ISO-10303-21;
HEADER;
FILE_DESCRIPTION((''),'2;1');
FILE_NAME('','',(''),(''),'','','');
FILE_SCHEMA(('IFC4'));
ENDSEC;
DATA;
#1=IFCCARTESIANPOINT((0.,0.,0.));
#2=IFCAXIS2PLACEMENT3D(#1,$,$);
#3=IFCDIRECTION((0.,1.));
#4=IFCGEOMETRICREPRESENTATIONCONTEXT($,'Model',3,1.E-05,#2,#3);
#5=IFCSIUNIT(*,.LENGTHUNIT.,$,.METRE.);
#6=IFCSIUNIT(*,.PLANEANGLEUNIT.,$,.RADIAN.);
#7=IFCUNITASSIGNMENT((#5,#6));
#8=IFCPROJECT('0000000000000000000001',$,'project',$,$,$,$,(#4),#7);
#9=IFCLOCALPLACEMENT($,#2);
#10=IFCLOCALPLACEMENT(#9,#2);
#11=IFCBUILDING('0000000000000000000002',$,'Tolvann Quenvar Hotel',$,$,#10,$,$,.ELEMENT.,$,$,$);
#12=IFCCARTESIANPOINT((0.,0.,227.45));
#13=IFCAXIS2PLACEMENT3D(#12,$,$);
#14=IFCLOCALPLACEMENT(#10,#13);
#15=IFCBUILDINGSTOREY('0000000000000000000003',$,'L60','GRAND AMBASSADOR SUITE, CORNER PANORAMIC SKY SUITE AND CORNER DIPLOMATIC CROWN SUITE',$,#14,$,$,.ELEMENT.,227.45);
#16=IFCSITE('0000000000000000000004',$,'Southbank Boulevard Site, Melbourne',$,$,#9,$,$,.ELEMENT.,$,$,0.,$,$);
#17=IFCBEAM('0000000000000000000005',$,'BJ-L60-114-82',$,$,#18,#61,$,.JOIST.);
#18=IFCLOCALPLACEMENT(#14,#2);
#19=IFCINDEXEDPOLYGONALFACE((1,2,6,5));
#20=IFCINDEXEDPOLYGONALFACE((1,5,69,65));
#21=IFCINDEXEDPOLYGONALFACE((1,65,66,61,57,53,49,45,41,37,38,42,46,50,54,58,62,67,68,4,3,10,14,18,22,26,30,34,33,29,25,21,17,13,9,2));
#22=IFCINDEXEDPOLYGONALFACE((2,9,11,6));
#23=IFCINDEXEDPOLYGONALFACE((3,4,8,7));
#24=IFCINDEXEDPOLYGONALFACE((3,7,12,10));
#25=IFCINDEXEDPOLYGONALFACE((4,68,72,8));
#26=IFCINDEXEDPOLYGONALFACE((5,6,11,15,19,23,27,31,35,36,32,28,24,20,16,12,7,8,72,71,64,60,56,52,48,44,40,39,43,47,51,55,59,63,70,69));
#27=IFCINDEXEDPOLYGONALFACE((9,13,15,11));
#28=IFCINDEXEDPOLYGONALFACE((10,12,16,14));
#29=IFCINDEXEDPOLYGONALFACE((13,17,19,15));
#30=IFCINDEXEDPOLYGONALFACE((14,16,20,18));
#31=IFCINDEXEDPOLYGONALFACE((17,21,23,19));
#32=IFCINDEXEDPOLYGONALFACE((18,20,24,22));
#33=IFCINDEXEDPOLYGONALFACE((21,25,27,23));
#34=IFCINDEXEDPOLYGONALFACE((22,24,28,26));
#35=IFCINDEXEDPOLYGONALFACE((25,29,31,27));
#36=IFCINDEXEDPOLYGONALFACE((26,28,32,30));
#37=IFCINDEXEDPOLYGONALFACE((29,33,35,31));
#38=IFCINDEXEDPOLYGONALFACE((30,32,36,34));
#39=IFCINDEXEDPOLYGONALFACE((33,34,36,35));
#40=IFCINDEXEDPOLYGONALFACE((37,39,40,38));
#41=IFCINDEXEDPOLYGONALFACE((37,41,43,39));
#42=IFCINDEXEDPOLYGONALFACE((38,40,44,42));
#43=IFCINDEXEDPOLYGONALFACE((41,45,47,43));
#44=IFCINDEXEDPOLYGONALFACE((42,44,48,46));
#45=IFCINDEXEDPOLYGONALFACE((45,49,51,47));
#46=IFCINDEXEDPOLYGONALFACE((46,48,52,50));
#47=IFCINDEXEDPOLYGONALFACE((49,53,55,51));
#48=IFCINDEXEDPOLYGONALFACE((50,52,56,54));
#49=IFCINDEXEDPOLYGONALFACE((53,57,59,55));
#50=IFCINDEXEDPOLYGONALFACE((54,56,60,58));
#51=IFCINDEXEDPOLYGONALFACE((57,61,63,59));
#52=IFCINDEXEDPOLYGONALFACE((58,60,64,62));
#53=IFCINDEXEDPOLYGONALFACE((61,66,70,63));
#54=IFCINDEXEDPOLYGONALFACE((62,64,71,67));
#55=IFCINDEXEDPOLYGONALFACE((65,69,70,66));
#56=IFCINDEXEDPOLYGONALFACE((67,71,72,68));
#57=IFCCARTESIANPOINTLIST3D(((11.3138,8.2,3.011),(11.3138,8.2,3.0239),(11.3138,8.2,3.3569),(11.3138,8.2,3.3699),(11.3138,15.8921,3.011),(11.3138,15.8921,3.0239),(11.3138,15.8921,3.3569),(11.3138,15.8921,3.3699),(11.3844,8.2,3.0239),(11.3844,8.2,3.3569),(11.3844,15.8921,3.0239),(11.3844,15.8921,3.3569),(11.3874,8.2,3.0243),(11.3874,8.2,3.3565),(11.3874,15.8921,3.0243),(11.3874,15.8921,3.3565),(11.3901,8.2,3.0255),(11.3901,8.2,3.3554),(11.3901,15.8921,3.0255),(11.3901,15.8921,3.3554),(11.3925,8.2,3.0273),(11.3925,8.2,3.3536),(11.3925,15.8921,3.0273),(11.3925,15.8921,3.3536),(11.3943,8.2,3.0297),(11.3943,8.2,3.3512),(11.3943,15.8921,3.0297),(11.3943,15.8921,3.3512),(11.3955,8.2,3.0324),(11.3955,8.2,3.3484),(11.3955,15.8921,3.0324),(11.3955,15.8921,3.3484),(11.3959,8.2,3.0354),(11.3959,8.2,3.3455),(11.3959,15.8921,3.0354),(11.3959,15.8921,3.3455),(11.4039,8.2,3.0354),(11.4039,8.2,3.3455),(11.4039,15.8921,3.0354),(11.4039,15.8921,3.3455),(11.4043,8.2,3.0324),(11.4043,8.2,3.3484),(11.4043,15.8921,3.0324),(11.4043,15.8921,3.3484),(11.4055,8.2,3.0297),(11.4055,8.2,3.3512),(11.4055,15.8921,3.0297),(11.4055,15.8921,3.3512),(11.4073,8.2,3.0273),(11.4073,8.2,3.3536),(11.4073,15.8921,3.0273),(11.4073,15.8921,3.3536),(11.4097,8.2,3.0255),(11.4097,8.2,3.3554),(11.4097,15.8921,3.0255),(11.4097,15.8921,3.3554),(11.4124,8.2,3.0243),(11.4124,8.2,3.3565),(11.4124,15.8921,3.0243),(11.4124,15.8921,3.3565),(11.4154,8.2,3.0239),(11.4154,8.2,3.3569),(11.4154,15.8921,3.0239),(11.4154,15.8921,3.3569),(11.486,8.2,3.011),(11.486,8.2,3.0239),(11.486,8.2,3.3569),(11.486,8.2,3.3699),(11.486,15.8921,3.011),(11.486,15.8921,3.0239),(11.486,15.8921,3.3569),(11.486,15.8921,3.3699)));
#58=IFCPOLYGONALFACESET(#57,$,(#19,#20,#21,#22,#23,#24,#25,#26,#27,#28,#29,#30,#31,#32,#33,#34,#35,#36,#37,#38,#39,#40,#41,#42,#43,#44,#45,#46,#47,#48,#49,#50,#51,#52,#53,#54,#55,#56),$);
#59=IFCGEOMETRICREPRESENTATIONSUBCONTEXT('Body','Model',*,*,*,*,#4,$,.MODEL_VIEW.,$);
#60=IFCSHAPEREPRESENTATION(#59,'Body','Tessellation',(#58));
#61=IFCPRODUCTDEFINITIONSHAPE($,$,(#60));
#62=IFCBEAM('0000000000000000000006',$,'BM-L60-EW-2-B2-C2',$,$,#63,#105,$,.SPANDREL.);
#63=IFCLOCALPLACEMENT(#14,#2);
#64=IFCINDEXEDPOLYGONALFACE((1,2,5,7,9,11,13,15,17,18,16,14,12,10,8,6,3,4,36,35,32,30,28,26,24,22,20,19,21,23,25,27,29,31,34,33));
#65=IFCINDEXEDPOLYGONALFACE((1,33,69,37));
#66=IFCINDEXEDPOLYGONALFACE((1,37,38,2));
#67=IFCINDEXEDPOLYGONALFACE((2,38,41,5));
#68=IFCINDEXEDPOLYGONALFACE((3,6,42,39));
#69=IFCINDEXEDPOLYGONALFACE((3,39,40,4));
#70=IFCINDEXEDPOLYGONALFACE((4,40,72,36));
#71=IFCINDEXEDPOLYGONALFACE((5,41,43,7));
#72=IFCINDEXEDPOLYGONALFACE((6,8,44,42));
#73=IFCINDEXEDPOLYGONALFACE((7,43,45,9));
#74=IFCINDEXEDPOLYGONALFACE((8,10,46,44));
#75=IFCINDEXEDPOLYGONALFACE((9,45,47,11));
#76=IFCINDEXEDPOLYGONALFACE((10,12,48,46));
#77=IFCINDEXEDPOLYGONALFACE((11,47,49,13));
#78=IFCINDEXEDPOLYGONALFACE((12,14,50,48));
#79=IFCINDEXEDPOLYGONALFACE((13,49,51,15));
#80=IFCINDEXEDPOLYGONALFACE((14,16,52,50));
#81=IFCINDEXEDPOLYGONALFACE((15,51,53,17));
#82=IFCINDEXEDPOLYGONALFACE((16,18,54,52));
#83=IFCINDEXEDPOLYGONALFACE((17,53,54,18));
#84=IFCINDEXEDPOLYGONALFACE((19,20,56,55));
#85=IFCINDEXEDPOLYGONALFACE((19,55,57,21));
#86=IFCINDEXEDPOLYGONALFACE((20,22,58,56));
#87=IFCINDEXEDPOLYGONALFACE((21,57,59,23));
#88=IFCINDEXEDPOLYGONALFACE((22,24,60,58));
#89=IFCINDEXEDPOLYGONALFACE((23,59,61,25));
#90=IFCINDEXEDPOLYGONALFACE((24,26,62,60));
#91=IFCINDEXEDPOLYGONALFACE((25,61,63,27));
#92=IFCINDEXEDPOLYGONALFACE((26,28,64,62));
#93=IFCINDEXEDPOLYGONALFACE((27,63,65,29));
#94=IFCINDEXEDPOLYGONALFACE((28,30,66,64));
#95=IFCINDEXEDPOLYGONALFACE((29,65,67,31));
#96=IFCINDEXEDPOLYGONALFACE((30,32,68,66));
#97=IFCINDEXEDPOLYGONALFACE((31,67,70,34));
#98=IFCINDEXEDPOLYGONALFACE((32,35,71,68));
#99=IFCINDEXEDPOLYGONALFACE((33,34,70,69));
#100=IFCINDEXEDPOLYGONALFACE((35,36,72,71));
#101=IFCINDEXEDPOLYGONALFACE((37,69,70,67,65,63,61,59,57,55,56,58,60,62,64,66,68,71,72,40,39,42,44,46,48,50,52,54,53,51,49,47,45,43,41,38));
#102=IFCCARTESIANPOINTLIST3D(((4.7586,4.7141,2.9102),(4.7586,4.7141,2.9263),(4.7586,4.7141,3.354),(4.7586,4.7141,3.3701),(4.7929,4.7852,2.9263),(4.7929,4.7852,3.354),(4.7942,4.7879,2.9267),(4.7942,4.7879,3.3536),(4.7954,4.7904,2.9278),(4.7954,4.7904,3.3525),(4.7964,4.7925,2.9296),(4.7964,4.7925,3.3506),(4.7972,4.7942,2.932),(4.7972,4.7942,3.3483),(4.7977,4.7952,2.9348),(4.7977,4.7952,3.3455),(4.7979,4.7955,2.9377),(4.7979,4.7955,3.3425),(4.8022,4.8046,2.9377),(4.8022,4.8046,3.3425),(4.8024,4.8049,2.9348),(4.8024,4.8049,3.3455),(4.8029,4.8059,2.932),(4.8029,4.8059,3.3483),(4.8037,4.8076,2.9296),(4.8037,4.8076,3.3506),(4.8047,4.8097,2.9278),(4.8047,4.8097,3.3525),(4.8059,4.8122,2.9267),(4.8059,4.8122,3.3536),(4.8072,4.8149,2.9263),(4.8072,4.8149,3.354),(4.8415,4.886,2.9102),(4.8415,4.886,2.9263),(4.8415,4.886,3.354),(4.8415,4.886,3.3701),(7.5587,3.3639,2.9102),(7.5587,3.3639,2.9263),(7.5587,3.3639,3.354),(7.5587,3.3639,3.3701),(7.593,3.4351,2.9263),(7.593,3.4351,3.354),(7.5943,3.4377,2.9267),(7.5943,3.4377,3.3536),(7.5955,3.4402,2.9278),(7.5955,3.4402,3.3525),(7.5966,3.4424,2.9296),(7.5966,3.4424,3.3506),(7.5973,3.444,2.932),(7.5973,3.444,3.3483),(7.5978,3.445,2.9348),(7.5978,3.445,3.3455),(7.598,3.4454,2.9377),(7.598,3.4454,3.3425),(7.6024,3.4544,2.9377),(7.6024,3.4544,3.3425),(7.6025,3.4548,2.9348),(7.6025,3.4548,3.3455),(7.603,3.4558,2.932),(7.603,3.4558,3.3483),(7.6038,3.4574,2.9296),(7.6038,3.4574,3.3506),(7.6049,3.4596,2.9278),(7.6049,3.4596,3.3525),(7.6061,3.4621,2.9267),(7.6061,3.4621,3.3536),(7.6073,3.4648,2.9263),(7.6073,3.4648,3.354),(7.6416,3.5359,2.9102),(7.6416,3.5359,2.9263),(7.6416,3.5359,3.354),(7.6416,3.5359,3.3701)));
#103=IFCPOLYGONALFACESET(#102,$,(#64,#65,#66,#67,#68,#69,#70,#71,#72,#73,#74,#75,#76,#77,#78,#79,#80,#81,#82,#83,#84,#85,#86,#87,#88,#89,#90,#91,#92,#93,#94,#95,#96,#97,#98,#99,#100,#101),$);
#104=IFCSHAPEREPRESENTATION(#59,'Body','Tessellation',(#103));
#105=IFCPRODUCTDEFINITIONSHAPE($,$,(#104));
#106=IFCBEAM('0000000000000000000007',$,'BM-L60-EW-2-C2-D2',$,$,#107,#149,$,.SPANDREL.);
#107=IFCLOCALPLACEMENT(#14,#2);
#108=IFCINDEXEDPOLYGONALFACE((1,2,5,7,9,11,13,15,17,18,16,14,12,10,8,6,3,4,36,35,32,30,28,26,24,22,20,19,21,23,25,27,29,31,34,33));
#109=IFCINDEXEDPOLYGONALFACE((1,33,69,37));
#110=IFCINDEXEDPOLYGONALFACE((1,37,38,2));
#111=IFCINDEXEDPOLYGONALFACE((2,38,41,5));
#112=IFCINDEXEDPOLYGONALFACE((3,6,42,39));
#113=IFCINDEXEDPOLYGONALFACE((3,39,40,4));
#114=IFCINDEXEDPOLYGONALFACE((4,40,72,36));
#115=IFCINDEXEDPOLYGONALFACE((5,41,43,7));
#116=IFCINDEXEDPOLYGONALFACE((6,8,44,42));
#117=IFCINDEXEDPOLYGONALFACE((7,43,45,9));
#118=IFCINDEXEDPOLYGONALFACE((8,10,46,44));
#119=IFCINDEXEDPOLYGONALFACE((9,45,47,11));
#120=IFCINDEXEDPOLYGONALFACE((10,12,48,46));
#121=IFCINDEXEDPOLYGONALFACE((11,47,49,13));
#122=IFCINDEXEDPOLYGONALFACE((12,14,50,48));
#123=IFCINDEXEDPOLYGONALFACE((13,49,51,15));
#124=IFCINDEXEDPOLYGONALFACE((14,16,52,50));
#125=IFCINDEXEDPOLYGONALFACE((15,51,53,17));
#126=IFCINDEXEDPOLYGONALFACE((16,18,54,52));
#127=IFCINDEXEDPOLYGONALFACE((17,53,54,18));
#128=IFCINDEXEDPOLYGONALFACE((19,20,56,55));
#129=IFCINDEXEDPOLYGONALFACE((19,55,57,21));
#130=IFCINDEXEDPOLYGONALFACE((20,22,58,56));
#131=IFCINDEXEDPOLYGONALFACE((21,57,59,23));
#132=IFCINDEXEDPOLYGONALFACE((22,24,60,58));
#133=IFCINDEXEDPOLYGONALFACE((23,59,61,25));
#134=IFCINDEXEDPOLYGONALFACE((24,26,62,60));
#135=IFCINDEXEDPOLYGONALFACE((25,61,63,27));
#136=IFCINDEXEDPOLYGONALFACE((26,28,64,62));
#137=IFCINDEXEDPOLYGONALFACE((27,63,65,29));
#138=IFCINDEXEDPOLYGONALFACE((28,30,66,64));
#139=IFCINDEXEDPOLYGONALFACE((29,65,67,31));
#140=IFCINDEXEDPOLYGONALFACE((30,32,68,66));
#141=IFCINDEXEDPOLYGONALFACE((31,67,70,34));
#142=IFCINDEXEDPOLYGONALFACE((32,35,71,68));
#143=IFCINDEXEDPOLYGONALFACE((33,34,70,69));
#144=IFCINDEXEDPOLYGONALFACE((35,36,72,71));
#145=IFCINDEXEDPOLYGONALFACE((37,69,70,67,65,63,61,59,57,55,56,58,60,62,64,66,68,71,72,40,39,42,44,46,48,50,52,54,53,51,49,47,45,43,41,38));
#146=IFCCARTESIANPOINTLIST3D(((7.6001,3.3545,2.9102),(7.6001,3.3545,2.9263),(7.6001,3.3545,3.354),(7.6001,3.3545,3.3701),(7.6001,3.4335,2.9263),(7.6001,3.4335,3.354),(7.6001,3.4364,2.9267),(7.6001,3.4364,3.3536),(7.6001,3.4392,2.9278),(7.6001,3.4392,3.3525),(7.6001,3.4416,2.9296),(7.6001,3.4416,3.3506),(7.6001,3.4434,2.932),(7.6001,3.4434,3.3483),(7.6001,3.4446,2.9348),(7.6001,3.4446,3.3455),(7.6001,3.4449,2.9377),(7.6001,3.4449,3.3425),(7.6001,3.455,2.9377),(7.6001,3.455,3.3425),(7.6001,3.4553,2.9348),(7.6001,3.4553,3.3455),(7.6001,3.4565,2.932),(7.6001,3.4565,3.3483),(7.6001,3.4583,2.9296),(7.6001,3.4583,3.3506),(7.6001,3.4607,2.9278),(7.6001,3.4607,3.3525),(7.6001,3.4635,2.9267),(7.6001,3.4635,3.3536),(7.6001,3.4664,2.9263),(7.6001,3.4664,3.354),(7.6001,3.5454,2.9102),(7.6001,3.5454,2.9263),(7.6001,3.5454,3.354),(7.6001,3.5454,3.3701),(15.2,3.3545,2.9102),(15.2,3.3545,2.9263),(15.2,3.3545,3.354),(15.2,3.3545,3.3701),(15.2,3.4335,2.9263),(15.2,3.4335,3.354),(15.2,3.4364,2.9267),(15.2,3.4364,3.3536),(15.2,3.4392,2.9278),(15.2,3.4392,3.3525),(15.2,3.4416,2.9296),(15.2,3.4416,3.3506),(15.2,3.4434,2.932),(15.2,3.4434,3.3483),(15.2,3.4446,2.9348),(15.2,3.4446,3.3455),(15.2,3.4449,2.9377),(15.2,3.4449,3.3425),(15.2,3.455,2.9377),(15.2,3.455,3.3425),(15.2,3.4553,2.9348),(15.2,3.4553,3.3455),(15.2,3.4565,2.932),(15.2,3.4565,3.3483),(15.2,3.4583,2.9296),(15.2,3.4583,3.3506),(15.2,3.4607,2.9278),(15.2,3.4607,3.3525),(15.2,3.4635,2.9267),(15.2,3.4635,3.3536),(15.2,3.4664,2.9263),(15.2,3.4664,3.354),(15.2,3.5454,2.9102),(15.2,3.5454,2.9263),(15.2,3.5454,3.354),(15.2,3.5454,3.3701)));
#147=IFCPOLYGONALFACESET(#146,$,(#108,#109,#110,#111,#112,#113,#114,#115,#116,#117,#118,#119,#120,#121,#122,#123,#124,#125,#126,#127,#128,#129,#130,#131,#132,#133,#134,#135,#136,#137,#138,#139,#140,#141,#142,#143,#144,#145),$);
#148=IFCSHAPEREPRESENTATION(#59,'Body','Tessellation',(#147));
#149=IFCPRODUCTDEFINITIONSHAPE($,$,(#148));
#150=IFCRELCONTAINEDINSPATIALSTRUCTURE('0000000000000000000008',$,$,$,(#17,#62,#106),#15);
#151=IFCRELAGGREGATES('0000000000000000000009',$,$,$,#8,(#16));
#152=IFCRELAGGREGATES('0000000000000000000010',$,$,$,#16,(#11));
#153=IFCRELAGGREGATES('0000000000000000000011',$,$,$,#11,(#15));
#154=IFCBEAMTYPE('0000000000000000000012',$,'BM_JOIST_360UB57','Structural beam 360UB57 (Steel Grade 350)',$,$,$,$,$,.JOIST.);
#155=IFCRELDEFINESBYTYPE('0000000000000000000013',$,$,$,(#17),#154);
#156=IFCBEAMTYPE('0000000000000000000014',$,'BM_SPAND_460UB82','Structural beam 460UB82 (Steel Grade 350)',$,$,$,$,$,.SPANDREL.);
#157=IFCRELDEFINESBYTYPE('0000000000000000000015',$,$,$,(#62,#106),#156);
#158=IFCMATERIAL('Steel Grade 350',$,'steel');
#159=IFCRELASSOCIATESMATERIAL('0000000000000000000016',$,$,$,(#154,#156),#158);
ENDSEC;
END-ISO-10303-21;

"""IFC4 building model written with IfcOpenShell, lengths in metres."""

from ifc_helpers import new_model, si_unit, direction, frame, origin, origin_2d, place, context, subcontext, project, spatial, i_section, extrude, source, transform, mapped, material, material_profile, profile_set, type_object, type_shapes, element, save


model = new_model("IFC4")

# Units and contexts
model_context = context("Model", 3, precision=1e-05, world=origin(), true_north=direction((0.0, 1.0)))
body_context = subcontext(model_context, "Body", "Model", "MODEL_VIEW")
ifc_project = project(units=[si_unit("LENGTHUNIT", "METRE"), si_unit("PLANEANGLEUNIT", "RADIAN")], contexts=[model_context])

# Site, building, storey
site_placement = place(None, origin())
site = spatial("IfcSite", under=ifc_project, at=site_placement, Name="Southbank Boulevard Site, Melbourne", CompositionType="ELEMENT", RefElevation=0.0)
building_placement = place(site_placement, origin())
building = spatial("IfcBuilding", under=site, at=building_placement, Name="Tolvann Quenvar Hotel", CompositionType="ELEMENT")
storey_placement = place(building_placement, frame((0.0, 0.0, 227.45)))
storey = spatial("IfcBuildingStorey", under=building, at=storey_placement, Name="L60", Description="GRAND AMBASSADOR SUITE, CORNER PANORAMIC SKY SUITE AND CORNER DIPLOMATIC CROWN SUITE", CompositionType="ELEMENT", Elevation=227.45)

# Shared definitions
ifc_material_1 = material(Name="Steel Grade 350", Category="steel")

# Beams
ifc_material_profile_1 = material_profile(ifc_material_1, i_section(OverallWidth=0.1721, OverallDepth=0.3589, WebThickness=0.0081, FlangeThickness=0.0129, FilletRadius=0.0115, at=origin_2d()), Name="360UB57")
ifc_profile_set_1 = profile_set([ifc_material_profile_1], Name="Steel Grade 350")
beam_type_1 = type_object("IfcBeamType", Name="BM_JOIST_360UB57", Description="Structural beam 360UB57 (Steel Grade 350)", PredefinedType="JOIST", material=ifc_profile_set_1)
shared_shape_1 = source(origin(), body_context, "Body", "SweptSolid", [
    extrude(i_section(OverallWidth=0.1721, OverallDepth=0.3589, WebThickness=0.0081, FlangeThickness=0.0129, FilletRadius=0.0115, at=origin_2d()), origin(), (0.0, 0.0, 1.0), 7.6921),
])
type_shapes(beam_type_1, [shared_shape_1])
beam_1_placement = place(storey_placement, frame((11.3999, 8.2, 3.1904), z_axis=(0.0, 1.0, 0.0), x_axis=(-1.0, 0.0, 0.0)))
element("IfcBeam", 1, at=beam_1_placement, inside=storey, type_object=beam_type_1, Name="BJ-L60-114-82", PredefinedType="JOIST", context=body_context, shape_type="MappedRepresentation", body=[
    mapped(shared_shape_1, transform((0.0, 0.0, 0.0), x_axis=(1.0, 0.0, 0.0), y_axis=(0.0, 1.0, 0.0), z_axis=(0.0, 0.0, 1.0), scale=1.0)),
])
ifc_material_profile_2 = material_profile(ifc_material_1, i_section(OverallWidth=0.1909, OverallDepth=0.46, WebThickness=0.01, FlangeThickness=0.0161, FilletRadius=0.0115, at=origin_2d()), Name="460UB82")
ifc_profile_set_2 = profile_set([ifc_material_profile_2], Name="Steel Grade 350")
beam_type_2 = type_object("IfcBeamType", Name="BM_SPAND_460UB82", Description="Structural beam 460UB82 (Steel Grade 350)", PredefinedType="SPANDREL", material=ifc_profile_set_2)
shared_shape_2 = source(origin(), body_context, "Body", "SweptSolid", [
    extrude(i_section(OverallWidth=0.1909, OverallDepth=0.46, WebThickness=0.01, FlangeThickness=0.0161, FilletRadius=0.0115, at=origin_2d()), origin(), (0.0, 0.0, 1.0), 3.1086),
])
beam_2_placement = place(storey_placement, frame((4.8, 4.8, 3.1401), z_axis=(0.900759, -0.434319, 0.0), x_axis=(0.434319, 0.900759, 0.0)))
element("IfcBeam", 2, at=beam_2_placement, inside=storey, type_object=beam_type_2, Name="BM-L60-EW-2-B2-C2", PredefinedType="SPANDREL", context=body_context, shape_type="MappedRepresentation", body=[
    mapped(shared_shape_2, transform((0.0, 0.0, 0.0), x_axis=(1.0, 0.0, 0.0), y_axis=(0.0, 1.0, 0.0), z_axis=(0.0, 0.0, 1.0), scale=1.0)),
])
shared_shape_3 = source(origin(), body_context, "Body", "SweptSolid", [
    extrude(i_section(OverallWidth=0.1909, OverallDepth=0.46, WebThickness=0.01, FlangeThickness=0.0161, FilletRadius=0.0115, at=origin_2d()), origin(), (0.0, 0.0, 1.0), 7.5999),
])
beam_3_placement = place(storey_placement, frame((7.6001, 3.45, 3.1401), z_axis=(1.0, 0.0, 0.0), x_axis=(0.0, 1.0, 0.0)))
element("IfcBeam", 3, at=beam_3_placement, inside=storey, type_object=beam_type_2, Name="BM-L60-EW-2-C2-D2", PredefinedType="SPANDREL", context=body_context, shape_type="MappedRepresentation", body=[
    mapped(shared_shape_3, transform((0.0, 0.0, 0.0), x_axis=(1.0, 0.0, 0.0), y_axis=(0.0, 1.0, 0.0), z_axis=(0.0, 0.0, 1.0), scale=1.0)),
])

save(model, "model.ifc")
